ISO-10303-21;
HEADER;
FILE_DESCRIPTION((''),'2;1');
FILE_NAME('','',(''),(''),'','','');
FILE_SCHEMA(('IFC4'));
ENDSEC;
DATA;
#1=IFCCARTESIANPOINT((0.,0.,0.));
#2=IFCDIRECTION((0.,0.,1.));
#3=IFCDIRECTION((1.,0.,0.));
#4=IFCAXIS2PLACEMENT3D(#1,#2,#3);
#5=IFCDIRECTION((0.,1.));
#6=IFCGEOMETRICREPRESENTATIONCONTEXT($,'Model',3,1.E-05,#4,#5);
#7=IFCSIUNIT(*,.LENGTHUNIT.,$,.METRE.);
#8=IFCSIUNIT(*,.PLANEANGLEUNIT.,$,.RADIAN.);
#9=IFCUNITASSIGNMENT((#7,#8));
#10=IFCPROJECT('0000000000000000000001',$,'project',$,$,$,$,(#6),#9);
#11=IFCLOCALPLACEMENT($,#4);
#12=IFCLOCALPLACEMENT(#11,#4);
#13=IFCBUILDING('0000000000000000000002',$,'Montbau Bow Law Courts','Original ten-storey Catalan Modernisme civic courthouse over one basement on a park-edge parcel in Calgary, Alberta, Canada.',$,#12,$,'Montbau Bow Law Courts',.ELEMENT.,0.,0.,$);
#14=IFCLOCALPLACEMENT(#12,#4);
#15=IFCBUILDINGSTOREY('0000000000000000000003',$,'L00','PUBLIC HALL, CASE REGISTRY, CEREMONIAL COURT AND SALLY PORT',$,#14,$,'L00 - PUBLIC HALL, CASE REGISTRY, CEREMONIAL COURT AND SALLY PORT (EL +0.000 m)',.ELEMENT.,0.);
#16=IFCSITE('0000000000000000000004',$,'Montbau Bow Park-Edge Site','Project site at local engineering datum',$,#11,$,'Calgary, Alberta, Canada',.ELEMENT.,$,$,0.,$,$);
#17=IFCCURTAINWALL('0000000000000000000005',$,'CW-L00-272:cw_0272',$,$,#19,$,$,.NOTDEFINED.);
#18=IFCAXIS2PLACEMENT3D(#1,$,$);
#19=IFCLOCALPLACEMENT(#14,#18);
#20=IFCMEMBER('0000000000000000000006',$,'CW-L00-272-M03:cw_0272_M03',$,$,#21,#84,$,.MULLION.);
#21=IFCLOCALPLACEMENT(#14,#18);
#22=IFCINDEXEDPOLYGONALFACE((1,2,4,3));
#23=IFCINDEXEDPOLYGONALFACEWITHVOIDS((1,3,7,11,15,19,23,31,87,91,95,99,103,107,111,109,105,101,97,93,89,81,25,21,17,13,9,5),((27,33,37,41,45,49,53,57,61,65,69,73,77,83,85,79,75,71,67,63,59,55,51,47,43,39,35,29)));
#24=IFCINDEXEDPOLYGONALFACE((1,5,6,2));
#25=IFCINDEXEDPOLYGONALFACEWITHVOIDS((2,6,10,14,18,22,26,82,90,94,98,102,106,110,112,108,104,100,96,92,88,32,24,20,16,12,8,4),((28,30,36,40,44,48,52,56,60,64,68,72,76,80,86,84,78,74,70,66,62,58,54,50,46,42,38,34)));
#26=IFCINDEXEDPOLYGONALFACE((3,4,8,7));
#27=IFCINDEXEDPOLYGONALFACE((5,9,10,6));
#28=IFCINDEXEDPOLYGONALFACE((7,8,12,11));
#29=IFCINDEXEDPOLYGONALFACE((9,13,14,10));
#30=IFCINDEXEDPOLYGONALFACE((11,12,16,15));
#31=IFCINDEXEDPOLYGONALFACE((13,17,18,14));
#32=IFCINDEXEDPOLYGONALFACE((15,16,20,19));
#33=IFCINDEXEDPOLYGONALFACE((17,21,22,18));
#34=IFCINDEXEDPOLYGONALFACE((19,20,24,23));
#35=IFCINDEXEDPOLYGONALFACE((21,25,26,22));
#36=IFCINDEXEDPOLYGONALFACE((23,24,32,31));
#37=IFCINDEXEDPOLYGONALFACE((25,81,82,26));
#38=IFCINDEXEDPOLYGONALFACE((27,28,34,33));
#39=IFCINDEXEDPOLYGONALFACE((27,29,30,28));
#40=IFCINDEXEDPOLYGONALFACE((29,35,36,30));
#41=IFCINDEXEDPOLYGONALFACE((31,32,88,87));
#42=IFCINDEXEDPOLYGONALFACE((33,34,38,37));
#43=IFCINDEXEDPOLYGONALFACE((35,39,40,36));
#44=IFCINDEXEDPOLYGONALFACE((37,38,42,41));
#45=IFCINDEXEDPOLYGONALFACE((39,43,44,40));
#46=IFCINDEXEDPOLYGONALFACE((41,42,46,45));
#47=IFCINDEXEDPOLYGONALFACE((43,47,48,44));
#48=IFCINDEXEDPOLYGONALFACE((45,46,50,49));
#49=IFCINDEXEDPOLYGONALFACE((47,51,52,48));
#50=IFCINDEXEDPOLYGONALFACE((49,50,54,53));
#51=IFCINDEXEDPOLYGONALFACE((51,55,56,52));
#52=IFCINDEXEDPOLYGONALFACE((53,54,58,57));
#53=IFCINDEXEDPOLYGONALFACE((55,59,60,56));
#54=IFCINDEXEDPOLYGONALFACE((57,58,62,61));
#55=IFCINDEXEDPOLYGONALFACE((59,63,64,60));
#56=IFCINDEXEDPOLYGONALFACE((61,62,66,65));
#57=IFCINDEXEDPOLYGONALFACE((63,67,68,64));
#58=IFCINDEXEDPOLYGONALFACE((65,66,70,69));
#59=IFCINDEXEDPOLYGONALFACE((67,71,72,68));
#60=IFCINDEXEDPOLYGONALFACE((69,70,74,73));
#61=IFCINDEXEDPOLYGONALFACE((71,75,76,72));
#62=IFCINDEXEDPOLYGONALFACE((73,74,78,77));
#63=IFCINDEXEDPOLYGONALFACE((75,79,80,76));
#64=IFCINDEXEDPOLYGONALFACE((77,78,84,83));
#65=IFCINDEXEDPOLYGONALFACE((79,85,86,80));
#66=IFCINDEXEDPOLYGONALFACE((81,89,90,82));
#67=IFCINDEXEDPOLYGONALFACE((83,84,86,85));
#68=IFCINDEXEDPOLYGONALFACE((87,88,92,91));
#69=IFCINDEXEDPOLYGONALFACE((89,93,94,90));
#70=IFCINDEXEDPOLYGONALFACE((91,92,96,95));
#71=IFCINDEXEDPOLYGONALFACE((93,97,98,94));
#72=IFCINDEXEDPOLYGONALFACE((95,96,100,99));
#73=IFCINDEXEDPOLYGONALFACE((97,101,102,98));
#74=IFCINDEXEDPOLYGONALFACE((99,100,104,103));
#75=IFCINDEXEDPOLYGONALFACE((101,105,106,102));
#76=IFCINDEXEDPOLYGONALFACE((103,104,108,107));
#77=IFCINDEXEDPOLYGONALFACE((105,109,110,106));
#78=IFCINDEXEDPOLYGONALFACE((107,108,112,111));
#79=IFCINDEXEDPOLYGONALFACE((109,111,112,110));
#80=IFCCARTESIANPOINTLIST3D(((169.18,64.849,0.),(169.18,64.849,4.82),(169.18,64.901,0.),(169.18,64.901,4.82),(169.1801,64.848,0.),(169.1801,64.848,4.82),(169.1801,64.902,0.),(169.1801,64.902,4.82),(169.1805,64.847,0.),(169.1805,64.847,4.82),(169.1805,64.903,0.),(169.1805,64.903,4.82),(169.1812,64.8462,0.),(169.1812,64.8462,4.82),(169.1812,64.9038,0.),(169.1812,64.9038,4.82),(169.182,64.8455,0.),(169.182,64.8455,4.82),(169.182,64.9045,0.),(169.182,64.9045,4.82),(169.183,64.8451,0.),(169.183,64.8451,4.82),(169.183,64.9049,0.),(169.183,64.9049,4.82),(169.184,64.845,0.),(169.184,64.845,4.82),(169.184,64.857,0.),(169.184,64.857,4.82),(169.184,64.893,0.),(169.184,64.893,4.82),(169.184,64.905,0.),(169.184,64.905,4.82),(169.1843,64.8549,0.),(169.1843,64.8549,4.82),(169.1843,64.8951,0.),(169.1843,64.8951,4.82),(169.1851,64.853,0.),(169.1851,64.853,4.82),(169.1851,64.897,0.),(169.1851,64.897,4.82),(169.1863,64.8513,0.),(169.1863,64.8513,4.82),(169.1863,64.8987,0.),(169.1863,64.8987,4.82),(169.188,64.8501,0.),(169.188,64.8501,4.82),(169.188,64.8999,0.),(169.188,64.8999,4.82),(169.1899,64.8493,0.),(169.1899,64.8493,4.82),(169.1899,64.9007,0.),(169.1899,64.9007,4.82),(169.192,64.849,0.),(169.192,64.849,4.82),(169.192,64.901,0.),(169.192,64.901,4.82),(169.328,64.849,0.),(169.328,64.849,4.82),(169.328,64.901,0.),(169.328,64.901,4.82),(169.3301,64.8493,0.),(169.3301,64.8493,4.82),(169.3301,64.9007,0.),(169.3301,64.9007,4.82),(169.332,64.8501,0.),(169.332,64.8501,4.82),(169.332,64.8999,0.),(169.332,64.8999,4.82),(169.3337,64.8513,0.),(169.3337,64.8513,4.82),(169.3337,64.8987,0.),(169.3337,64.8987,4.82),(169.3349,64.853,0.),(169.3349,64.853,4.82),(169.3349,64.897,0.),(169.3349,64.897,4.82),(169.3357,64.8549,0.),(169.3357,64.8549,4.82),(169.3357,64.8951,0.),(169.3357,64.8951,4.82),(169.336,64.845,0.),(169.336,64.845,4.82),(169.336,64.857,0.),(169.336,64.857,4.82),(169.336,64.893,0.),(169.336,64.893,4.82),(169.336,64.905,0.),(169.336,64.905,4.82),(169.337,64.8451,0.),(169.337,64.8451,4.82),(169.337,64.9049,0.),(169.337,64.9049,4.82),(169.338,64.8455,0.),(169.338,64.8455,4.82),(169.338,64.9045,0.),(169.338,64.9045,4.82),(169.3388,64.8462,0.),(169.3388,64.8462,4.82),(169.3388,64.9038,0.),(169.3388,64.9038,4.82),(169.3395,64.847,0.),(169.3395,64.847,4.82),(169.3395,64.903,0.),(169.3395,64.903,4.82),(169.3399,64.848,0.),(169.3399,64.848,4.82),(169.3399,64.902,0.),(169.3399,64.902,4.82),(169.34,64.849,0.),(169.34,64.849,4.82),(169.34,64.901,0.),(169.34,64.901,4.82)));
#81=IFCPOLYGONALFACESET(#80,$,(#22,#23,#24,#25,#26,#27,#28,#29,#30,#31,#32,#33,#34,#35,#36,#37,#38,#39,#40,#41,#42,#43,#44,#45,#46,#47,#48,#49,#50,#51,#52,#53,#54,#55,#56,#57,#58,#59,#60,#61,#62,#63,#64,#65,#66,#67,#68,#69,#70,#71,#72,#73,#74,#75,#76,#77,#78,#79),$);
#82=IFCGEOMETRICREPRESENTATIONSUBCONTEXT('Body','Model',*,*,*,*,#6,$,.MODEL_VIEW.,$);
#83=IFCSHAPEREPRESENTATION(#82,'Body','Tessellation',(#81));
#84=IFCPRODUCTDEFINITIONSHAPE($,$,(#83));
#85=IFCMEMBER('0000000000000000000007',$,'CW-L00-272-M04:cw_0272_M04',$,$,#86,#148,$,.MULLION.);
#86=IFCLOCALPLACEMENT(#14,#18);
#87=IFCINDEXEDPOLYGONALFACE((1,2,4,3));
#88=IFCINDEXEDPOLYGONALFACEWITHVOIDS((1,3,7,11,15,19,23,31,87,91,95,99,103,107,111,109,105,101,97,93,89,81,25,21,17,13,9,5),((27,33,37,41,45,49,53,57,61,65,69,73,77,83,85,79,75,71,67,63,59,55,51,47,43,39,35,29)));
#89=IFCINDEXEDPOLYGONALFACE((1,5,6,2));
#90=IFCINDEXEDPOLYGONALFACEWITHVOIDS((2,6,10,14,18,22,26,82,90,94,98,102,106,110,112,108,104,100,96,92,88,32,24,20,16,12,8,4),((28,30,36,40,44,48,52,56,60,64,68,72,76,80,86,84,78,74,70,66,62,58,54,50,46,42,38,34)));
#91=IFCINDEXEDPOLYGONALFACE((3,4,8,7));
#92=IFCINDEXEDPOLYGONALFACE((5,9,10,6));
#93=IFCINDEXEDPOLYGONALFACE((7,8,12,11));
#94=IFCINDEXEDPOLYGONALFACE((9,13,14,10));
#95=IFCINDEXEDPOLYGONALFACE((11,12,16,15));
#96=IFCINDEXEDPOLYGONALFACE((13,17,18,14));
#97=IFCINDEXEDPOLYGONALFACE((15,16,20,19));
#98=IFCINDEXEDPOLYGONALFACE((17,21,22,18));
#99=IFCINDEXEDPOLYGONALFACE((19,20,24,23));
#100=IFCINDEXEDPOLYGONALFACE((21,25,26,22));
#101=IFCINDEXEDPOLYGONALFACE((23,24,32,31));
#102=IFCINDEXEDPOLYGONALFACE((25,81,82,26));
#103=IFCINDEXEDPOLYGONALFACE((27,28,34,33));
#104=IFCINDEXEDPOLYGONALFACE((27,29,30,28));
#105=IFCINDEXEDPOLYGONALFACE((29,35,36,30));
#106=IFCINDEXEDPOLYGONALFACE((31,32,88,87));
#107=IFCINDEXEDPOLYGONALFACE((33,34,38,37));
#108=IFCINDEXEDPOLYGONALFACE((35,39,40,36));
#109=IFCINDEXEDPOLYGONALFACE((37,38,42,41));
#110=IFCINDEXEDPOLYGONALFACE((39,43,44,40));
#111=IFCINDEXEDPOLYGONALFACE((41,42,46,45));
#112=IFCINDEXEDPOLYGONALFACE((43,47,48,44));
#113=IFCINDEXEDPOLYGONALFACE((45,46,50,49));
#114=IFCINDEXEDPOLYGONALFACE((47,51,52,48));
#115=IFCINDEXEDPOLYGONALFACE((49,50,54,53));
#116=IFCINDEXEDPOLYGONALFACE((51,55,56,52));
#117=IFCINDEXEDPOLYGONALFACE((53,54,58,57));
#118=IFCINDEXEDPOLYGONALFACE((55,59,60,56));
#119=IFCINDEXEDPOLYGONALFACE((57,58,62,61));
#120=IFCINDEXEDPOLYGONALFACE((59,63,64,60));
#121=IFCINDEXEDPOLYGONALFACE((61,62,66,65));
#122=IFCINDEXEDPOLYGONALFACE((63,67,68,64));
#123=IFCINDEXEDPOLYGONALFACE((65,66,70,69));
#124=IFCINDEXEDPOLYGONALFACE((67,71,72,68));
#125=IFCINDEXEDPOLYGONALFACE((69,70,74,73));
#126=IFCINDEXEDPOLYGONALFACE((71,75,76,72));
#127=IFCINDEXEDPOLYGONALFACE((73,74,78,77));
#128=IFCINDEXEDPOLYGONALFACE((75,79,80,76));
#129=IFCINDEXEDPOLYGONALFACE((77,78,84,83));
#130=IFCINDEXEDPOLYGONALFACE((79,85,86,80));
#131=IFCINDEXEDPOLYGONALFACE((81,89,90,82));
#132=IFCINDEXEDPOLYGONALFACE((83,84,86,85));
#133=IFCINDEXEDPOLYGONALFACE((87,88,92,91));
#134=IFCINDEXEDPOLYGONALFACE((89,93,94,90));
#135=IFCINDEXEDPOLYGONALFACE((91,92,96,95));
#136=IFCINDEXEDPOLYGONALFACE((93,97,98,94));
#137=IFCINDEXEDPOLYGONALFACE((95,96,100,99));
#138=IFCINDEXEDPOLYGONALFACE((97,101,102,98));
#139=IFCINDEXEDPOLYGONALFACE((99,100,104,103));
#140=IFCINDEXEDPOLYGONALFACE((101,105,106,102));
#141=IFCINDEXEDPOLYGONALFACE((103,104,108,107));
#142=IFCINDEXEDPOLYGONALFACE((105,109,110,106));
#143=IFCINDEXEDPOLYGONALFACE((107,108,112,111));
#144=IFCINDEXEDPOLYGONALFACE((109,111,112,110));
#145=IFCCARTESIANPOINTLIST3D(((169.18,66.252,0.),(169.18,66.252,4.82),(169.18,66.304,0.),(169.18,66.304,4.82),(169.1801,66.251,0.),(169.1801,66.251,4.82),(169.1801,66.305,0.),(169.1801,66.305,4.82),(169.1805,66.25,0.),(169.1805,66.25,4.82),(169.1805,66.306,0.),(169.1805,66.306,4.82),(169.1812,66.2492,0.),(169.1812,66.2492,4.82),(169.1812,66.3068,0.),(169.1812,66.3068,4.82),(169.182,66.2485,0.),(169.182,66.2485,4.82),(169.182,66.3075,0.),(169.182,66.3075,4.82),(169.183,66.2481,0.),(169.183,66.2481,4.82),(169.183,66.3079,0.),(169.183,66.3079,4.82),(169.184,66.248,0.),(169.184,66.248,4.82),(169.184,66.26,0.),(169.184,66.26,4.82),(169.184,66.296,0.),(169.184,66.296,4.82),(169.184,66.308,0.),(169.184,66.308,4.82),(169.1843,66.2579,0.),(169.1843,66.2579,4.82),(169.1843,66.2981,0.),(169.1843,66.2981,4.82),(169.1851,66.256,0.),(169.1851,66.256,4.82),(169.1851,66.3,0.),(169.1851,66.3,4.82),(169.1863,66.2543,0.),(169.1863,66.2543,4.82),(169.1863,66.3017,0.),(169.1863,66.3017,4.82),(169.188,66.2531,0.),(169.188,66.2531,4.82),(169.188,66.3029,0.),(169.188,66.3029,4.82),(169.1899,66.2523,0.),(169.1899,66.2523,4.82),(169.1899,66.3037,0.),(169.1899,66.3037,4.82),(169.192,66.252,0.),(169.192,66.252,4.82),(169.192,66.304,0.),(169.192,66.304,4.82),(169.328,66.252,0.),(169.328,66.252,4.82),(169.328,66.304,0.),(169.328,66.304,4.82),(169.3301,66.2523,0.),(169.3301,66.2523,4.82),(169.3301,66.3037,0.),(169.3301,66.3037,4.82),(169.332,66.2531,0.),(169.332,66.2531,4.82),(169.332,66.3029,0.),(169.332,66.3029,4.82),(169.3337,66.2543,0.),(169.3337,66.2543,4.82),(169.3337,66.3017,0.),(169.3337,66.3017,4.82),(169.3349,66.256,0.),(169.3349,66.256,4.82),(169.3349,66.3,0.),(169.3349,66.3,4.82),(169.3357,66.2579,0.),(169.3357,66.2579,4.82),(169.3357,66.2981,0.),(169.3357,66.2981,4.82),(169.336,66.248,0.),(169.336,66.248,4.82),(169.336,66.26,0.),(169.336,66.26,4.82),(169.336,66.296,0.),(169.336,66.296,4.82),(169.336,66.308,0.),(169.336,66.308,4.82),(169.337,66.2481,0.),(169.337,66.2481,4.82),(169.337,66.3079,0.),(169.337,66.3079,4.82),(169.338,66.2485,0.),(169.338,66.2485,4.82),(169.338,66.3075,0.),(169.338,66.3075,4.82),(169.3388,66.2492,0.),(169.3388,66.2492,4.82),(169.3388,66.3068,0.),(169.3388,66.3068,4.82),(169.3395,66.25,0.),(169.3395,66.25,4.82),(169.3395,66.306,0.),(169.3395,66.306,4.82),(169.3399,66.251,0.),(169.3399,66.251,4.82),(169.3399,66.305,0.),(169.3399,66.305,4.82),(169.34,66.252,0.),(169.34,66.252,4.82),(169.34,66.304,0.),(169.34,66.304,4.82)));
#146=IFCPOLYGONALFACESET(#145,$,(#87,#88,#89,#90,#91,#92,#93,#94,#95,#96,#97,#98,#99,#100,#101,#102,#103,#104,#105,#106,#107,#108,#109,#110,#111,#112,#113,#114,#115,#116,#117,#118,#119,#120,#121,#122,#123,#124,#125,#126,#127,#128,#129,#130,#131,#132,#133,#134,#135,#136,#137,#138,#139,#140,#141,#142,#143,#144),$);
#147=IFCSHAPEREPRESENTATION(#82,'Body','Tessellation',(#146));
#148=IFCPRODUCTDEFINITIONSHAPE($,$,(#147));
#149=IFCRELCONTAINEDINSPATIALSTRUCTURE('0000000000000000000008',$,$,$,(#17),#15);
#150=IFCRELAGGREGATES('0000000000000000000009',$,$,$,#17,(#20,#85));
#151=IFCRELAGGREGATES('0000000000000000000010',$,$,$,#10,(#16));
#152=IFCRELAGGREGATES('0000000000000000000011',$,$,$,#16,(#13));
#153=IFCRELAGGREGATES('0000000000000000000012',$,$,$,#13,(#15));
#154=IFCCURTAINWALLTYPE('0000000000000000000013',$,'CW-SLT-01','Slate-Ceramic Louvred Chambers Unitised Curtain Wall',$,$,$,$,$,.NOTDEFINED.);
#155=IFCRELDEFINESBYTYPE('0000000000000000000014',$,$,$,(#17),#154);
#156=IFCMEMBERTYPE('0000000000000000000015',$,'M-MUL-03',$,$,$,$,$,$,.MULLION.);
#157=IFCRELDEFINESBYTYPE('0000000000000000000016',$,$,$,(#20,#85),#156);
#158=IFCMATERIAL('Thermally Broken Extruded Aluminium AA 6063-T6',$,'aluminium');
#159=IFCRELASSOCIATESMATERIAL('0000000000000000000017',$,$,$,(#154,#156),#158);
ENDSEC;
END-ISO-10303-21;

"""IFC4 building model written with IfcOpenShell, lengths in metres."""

from ifc_helpers import new_model, si_unit, direction, frame, origin_with_axes, origin_2d_with_axis, place, context, subcontext, project, spatial, hollow_rectangle, extrude, material, material_profile, profile_set, type_object, element, aggregate, save


model = new_model("IFC4")

# Units and contexts
model_context = context("Model", 3, precision=1e-05, world=origin_with_axes(), true_north=direction((0.0, 1.0)))
body_context = subcontext(model_context, "Body", "Model", "MODEL_VIEW")
ifc_project = project(units=[si_unit("LENGTHUNIT", "METRE"), si_unit("PLANEANGLEUNIT", "RADIAN")], contexts=[model_context])

# Site, building, storey
site_placement = place(None, origin_with_axes())
site = spatial("IfcSite", under=ifc_project, at=site_placement, Name="Montbau Bow Park-Edge Site", Description="Project site at local engineering datum", LongName="Calgary, Alberta, Canada", CompositionType="ELEMENT", RefElevation=0.0)
building_placement = place(site_placement, origin_with_axes())
building = spatial("IfcBuilding", under=site, at=building_placement, Name="Montbau Bow Law Courts", Description="Original ten-storey Catalan Modernisme civic courthouse over one basement on a park-edge parcel in Calgary, Alberta, Canada.", LongName="Montbau Bow Law Courts", CompositionType="ELEMENT", ElevationOfRefHeight=0.0, ElevationOfTerrain=0.0)
storey_placement = place(building_placement, origin_with_axes())
storey = spatial("IfcBuildingStorey", under=building, at=storey_placement, Name="L00", Description="PUBLIC HALL, CASE REGISTRY, CEREMONIAL COURT AND SALLY PORT", LongName="L00 - PUBLIC HALL, CASE REGISTRY, CEREMONIAL COURT AND SALLY PORT (EL +0.000 m)", CompositionType="ELEMENT", Elevation=0.0)

# Curtain wall, members
ifc_material_1 = material(Name="Thermally Broken Extruded Aluminium AA 6063-T6", Category="aluminium")
curtain_wall_type = type_object("IfcCurtainWallType", Name="CW-SLT-01", Description="Slate-Ceramic Louvred Chambers Unitised Curtain Wall", PredefinedType="NOTDEFINED", material=ifc_material_1)
curtain_wall_1_placement = place(None, frame((169.26, 62.068, 0.0), z_axis=(0.0, 0.0, 1.0), x_axis=(1.0, 0.0, 0.0)))
curtain_wall_1 = element("IfcCurtainWall", 1, at=curtain_wall_1_placement, inside=storey, type_object=curtain_wall_type, Name="CW-L00-272:cw_0272", PredefinedType="NOTDEFINED")
ifc_material_profile_1 = material_profile(ifc_material_1, hollow_rectangle(XDim=0.06, YDim=0.16, WallThickness=0.004, InnerFilletRadius=0.008, OuterFilletRadius=0.004, at=origin_2d_with_axis()), Name="CWM-160X60", Category="Main", Priority=0)
ifc_profile_set_1 = profile_set([ifc_material_profile_1], Name="Thermally Broken Extruded Aluminium AA 6063-T6")
member_type_1 = type_object("IfcMemberType", Name="M-MUL-03", PredefinedType="MULLION", material=ifc_profile_set_1)
member_1_placement = place(None, frame((169.26, 64.875, 0.0), z_axis=(0.0, 0.0, 1.0), x_axis=(0.0, 1.0, 0.0)))
member_1 = element("IfcMember", 2, at=member_1_placement, type_object=member_type_1, Name="CW-L00-272-M03:cw_0272_M03", PredefinedType="MULLION", context=body_context, shape_type="SweptSolid", body=[
    extrude(hollow_rectangle(XDim=0.06, YDim=0.16, WallThickness=0.004, InnerFilletRadius=0.008, OuterFilletRadius=0.004, at=origin_2d_with_axis()), origin_with_axes(), (0.0, 0.0, 1.0), 4.82),
])
member_2_placement = place(None, frame((169.26, 66.278, 0.0), z_axis=(0.0, 0.0, 1.0), x_axis=(0.0, 1.0, 0.0)))
member_2 = element("IfcMember", 3, at=member_2_placement, type_object=member_type_1, Name="CW-L00-272-M04:cw_0272_M04", PredefinedType="MULLION", context=body_context, shape_type="SweptSolid", body=[
    extrude(hollow_rectangle(XDim=0.06, YDim=0.16, WallThickness=0.004, InnerFilletRadius=0.008, OuterFilletRadius=0.004, at=origin_2d_with_axis()), origin_with_axes(), (0.0, 0.0, 1.0), 4.82),
])

aggregate(curtain_wall_1, [member_1, member_2])

save(model, "model.ifc")
